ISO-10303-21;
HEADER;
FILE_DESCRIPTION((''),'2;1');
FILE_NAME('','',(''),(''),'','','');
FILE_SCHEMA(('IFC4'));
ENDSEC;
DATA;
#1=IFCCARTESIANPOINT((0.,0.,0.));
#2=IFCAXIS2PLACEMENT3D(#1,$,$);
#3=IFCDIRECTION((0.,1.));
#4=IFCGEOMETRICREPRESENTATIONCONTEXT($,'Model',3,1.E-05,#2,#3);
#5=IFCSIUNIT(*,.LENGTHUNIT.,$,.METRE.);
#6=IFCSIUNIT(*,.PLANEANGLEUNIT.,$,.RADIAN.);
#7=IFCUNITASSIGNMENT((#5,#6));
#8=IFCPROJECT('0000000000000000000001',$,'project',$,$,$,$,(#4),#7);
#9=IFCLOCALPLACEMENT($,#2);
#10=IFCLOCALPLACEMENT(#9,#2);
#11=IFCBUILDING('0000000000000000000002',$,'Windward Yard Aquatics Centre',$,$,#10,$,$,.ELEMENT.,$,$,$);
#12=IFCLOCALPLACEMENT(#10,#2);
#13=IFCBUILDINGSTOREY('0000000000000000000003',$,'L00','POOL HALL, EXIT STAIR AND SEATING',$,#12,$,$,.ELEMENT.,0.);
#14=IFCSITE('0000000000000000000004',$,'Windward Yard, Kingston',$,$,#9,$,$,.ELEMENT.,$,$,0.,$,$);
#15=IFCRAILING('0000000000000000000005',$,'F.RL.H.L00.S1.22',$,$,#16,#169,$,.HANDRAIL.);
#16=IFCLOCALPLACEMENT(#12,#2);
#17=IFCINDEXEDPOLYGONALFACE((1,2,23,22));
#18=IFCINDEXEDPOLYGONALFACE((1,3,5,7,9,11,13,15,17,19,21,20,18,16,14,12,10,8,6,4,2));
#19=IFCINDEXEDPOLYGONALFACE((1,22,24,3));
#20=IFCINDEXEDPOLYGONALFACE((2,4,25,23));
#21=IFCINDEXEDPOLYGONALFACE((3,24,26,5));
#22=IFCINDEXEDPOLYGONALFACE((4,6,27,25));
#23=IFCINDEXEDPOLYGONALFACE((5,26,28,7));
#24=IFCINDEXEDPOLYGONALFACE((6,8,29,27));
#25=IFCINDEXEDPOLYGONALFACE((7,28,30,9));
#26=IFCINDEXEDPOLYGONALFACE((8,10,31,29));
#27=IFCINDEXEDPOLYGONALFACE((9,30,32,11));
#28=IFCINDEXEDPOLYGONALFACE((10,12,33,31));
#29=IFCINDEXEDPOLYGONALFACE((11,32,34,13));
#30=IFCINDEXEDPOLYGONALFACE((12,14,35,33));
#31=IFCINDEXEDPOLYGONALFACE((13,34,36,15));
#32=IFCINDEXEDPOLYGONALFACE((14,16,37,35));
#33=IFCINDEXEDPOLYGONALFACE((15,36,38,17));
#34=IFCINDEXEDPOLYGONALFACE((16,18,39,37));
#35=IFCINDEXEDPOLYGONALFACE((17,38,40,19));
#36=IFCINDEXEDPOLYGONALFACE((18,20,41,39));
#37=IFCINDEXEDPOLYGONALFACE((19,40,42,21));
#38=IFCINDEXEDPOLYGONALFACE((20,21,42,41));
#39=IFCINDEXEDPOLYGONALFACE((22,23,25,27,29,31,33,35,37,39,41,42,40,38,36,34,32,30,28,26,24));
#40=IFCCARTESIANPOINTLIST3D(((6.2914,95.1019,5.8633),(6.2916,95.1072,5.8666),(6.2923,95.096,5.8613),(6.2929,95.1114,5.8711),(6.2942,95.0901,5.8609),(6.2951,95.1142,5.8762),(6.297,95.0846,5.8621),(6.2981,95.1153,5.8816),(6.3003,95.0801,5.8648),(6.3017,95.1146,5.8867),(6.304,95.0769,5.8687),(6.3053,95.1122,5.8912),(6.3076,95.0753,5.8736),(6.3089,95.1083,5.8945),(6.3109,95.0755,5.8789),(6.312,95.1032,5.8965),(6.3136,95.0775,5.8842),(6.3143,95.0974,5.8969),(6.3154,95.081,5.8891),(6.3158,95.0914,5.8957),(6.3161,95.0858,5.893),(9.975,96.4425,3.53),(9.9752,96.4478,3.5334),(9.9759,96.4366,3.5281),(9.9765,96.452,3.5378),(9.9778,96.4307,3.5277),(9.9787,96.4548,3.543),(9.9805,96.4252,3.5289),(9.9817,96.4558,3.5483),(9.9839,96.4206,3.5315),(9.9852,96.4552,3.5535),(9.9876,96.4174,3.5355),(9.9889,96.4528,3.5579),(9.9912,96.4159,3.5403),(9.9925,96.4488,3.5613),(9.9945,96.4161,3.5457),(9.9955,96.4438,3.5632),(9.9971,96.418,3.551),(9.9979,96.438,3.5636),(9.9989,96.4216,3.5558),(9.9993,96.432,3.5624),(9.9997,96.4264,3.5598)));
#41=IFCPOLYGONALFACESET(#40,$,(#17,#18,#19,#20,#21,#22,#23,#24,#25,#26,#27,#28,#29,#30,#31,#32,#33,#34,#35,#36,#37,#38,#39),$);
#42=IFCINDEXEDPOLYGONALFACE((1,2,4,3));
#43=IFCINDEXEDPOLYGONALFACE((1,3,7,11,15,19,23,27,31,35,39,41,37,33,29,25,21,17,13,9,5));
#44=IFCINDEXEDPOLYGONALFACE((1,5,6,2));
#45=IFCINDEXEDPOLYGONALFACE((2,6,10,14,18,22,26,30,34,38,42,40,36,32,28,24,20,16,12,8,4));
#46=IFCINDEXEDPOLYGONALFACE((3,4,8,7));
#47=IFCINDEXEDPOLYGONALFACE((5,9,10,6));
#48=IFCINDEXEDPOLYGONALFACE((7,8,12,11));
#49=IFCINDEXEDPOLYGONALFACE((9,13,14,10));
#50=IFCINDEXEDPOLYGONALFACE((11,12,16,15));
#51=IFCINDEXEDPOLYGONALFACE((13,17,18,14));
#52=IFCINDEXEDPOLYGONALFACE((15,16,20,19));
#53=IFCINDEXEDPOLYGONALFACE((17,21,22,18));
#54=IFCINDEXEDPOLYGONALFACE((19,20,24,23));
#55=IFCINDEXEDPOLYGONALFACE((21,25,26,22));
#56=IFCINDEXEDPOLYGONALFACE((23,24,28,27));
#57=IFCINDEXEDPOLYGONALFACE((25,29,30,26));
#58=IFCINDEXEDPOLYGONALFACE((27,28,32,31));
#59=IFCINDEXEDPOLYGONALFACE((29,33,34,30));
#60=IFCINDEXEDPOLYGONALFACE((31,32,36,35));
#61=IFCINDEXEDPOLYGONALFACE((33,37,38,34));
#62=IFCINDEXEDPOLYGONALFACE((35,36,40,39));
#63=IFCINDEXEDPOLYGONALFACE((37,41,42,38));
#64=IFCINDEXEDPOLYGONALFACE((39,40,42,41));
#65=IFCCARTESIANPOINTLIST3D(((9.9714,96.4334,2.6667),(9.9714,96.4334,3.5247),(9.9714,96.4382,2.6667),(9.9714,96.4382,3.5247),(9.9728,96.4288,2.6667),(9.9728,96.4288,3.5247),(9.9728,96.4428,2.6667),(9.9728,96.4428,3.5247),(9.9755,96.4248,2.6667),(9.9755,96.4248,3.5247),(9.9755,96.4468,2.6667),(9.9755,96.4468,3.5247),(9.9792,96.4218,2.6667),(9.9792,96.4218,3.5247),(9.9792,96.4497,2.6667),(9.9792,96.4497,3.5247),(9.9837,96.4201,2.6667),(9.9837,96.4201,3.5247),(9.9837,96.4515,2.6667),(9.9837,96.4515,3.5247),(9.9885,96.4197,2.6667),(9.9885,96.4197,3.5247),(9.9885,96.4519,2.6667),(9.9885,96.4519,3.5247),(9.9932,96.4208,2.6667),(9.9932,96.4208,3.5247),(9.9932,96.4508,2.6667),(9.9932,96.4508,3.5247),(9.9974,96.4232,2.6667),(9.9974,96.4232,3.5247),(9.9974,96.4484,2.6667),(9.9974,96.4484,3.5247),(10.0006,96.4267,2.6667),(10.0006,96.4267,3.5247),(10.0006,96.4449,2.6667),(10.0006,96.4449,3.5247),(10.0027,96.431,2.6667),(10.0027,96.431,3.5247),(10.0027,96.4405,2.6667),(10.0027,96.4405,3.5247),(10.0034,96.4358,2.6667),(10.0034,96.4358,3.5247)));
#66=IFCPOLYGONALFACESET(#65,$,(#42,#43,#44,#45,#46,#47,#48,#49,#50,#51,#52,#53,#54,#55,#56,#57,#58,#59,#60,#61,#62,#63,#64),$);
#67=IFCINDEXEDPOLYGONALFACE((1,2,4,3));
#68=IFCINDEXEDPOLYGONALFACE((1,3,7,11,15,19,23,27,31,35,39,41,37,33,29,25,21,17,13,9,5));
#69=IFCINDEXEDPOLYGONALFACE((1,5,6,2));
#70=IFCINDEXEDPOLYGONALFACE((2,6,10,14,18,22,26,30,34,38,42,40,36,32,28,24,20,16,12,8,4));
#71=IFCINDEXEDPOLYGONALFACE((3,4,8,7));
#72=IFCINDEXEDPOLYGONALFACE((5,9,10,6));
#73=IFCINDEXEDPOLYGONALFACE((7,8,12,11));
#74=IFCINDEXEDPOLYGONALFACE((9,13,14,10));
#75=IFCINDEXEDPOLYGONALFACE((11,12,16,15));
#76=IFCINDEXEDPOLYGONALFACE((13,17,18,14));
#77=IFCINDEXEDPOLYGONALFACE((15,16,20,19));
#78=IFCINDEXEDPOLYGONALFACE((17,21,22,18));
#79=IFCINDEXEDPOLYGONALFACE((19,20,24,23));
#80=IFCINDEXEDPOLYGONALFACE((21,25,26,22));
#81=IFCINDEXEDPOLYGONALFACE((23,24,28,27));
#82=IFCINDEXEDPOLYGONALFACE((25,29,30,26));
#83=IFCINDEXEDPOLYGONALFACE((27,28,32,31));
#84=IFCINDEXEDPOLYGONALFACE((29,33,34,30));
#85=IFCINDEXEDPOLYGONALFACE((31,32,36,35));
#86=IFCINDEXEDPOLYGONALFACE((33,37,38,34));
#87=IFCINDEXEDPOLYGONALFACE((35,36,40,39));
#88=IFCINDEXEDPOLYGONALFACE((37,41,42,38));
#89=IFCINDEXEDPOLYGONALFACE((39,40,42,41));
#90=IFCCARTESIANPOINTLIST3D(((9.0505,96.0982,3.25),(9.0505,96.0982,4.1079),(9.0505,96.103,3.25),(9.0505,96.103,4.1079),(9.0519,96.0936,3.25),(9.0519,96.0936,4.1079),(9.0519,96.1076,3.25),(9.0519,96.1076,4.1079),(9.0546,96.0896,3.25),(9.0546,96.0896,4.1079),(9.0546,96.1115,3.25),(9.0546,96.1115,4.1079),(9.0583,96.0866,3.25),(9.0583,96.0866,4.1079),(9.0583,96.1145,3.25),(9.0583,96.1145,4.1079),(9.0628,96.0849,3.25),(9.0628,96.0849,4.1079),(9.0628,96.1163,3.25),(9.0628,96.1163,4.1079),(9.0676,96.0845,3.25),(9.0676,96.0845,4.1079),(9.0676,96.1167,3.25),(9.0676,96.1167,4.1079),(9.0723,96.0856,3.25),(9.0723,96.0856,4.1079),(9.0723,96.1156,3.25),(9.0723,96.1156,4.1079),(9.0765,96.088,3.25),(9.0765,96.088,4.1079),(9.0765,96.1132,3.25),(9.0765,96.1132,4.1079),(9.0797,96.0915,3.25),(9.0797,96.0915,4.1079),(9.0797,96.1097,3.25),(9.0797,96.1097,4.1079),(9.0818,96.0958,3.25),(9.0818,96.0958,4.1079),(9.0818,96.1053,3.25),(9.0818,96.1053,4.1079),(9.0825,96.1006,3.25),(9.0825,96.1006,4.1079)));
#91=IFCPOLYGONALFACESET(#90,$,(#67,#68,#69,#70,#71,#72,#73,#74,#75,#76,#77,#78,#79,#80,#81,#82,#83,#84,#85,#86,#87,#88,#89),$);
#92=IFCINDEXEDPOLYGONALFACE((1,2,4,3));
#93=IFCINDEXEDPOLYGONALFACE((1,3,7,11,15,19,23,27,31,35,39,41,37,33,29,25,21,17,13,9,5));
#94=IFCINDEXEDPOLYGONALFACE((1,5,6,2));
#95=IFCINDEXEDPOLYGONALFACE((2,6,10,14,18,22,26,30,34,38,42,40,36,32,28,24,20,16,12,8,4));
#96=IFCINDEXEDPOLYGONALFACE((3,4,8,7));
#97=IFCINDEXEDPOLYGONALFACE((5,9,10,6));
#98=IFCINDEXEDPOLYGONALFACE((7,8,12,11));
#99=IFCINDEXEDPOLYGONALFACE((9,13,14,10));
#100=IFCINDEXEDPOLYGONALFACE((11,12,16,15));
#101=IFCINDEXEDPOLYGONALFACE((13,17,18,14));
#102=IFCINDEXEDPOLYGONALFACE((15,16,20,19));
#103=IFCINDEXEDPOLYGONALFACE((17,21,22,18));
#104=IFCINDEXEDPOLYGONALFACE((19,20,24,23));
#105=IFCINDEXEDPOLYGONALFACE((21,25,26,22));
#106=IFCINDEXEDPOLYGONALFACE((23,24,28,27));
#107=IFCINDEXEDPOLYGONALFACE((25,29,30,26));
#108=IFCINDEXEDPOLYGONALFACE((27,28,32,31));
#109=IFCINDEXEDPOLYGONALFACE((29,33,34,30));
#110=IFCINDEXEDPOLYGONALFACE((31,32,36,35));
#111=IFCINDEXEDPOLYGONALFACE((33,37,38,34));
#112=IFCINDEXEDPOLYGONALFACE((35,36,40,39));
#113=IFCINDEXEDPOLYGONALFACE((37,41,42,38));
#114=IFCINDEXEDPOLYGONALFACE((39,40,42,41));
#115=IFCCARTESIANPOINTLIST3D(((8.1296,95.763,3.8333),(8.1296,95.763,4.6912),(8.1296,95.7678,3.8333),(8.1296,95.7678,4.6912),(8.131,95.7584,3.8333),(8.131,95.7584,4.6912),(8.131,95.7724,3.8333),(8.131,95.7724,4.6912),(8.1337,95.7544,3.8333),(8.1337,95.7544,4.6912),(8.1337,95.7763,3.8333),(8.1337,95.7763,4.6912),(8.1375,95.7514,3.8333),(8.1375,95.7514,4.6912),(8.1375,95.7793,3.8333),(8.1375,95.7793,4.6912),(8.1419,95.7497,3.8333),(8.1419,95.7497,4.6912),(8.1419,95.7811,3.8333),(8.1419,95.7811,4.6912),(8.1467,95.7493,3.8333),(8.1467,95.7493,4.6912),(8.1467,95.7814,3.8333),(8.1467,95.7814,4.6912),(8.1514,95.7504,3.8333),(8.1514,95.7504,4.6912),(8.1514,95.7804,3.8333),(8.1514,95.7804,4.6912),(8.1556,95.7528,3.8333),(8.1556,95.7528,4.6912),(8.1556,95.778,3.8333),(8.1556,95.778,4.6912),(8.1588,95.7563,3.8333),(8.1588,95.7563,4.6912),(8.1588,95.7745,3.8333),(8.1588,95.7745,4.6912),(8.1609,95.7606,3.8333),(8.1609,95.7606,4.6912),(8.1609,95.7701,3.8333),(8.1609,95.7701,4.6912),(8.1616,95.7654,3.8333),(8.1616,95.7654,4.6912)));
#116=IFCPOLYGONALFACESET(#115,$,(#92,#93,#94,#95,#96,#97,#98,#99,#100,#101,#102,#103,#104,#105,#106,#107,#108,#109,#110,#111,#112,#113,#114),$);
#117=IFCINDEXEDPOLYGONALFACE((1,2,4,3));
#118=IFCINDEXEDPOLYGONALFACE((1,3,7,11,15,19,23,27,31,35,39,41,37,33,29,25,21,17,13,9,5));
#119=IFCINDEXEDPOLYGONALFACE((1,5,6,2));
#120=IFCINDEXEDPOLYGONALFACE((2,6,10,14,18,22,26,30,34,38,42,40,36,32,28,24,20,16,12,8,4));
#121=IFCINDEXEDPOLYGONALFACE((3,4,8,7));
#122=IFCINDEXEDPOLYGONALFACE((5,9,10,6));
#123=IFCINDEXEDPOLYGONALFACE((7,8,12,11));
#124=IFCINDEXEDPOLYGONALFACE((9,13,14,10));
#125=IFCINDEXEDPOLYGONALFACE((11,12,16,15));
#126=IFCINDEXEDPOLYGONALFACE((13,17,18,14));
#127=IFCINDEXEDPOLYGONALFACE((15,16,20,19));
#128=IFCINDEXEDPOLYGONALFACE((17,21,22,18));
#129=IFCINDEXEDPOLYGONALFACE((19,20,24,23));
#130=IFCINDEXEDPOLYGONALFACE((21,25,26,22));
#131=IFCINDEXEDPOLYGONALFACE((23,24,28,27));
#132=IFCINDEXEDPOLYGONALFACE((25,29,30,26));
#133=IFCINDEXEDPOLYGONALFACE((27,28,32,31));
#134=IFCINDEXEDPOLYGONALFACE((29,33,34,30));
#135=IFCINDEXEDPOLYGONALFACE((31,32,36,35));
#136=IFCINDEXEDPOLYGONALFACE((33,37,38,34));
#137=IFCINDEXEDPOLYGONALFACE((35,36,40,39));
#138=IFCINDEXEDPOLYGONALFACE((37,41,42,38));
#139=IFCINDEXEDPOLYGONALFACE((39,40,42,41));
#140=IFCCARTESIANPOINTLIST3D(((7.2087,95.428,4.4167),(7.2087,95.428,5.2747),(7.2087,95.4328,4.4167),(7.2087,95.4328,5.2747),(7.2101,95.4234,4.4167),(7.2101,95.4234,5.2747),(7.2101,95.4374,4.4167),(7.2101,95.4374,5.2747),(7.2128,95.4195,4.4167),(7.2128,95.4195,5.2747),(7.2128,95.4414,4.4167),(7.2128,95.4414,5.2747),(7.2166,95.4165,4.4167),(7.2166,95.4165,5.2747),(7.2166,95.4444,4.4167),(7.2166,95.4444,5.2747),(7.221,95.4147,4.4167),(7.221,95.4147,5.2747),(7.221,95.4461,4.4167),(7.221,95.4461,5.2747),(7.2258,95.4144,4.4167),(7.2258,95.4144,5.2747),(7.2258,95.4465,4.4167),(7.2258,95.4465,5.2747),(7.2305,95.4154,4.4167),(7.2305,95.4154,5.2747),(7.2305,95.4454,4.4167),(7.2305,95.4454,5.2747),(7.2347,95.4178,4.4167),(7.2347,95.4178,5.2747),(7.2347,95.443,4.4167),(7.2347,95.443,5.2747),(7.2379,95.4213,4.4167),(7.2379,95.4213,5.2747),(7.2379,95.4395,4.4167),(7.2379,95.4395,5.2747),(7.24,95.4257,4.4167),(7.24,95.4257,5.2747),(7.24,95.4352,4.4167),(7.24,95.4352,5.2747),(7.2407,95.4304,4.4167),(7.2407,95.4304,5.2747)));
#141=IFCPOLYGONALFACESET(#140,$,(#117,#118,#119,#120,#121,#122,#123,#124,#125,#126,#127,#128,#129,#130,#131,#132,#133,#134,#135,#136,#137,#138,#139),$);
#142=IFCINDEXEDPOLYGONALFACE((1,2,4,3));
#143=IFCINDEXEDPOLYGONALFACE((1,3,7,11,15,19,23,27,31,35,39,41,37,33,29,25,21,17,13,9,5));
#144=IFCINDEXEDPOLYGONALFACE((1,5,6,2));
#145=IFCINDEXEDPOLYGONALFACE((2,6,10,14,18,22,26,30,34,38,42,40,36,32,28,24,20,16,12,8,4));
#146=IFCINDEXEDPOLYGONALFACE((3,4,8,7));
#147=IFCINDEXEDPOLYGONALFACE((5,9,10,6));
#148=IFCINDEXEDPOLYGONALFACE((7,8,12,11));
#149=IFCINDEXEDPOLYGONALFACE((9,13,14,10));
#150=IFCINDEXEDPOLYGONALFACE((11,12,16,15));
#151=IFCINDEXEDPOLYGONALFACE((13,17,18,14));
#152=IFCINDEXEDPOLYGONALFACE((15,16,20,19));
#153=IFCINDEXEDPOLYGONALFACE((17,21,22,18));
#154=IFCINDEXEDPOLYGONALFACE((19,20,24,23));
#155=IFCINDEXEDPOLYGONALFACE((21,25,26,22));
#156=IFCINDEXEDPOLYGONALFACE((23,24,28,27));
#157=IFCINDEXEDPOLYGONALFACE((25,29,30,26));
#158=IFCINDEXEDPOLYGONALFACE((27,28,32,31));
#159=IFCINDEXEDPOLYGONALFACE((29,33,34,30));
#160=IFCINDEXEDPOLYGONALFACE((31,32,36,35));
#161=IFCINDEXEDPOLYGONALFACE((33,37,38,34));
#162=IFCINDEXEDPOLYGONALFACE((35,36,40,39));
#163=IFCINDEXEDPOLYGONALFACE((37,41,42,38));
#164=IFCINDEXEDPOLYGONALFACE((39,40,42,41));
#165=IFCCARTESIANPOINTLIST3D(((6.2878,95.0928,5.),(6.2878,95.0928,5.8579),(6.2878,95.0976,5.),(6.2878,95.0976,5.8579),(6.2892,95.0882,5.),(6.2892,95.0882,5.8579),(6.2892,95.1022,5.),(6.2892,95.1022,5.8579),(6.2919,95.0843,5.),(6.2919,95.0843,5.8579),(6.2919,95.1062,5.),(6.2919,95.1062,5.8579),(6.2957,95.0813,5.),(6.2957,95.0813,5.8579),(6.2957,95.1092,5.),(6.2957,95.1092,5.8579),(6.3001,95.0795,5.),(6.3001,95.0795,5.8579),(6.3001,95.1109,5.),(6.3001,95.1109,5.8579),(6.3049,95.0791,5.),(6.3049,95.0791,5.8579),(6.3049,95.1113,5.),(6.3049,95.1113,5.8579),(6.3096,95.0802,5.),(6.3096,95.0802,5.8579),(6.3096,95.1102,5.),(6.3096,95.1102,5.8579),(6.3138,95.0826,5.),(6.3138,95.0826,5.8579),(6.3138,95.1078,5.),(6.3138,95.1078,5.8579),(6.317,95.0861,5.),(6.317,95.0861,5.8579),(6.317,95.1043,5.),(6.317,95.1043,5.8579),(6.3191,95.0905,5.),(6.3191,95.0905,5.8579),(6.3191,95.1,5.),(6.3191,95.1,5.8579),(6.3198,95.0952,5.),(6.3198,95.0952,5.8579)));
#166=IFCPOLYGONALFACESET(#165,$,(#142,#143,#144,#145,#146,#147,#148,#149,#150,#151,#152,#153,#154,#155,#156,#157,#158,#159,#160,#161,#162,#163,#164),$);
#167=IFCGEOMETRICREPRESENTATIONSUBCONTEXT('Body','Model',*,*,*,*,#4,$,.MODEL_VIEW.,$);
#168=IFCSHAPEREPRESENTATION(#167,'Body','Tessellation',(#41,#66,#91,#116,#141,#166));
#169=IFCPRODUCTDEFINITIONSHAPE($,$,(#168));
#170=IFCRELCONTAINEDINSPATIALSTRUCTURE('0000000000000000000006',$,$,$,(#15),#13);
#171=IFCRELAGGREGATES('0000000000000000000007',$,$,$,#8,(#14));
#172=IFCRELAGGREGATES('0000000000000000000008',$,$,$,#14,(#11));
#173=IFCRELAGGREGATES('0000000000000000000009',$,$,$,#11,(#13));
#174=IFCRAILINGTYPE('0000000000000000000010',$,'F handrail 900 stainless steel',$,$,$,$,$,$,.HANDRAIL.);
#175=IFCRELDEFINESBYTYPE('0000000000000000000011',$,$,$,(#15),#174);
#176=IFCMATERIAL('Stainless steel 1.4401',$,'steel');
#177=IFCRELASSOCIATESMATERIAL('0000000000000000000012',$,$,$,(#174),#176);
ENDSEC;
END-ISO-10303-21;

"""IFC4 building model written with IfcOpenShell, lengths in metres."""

from ifc_helpers import new_model, si_unit, direction, frame, origin, origin_2d, place, context, subcontext, project, spatial, circle, extrude, material, type_object, element, save


model = new_model("IFC4")

# Units and contexts
model_context = context("Model", 3, precision=1e-05, world=origin(), true_north=direction((0.0, 1.0)))
body_context = subcontext(model_context, "Body", "Model", "MODEL_VIEW")
ifc_project = project(units=[si_unit("LENGTHUNIT", "METRE"), si_unit("PLANEANGLEUNIT", "RADIAN")], contexts=[model_context])

# Site, building, storey
site_placement = place(None, origin())
site = spatial("IfcSite", under=ifc_project, at=site_placement, Name="Windward Yard, Kingston", CompositionType="ELEMENT", RefElevation=0.0)
building_placement = place(site_placement, origin())
building = spatial("IfcBuilding", under=site, at=building_placement, Name="Windward Yard Aquatics Centre", CompositionType="ELEMENT")
storey_placement = place(building_placement, origin())
storey = spatial("IfcBuildingStorey", under=building, at=storey_placement, Name="L00", Description="POOL HALL, EXIT STAIR AND SEATING", CompositionType="ELEMENT", Elevation=0.0)

# Railing
ifc_material_1 = material(Name="Stainless steel 1.4401", Category="steel")
railing_type = type_object("IfcRailingType", Name="F handrail 900 stainless steel", PredefinedType="HANDRAIL", material=ifc_material_1)
railing_1_placement = place(storey_placement, frame((9.9873, 96.4358, 2.6667)))
element("IfcRailing", 1, at=railing_1_placement, inside=storey, type_object=railing_type, Name="F.RL.H.L00.S1.22", PredefinedType="HANDRAIL", context=body_context, shape_type="SweptSolid", body=[
    extrude(circle(Radius=0.021, at=origin_2d()), frame((0.0, 0.0, 0.8789), z_axis=(-0.807486, -0.29387, 0.511476), x_axis=(0.341988, -0.939704, 0.0)), (0.0, 0.0, 1.0), 4.5618),
    extrude(circle(Radius=0.0161, at=origin_2d()), origin(), (0.0, 0.0, 1.0), 0.8579),
    extrude(circle(Radius=0.0161, at=origin_2d()), frame((-0.9209, -0.3352, 0.5833)), (0.0, 0.0, 1.0), 0.8579),
    extrude(circle(Radius=0.0161, at=origin_2d()), frame((-1.8418, -0.6704, 1.1665)), (0.0, 0.0, 1.0), 0.8579),
    extrude(circle(Radius=0.0161, at=origin_2d()), frame((-2.7627, -1.0054, 1.75)), (0.0, 0.0, 1.0), 0.8579),
    extrude(circle(Radius=0.0161, at=origin_2d()), frame((-3.6836, -1.3406, 2.3333)), (0.0, 0.0, 1.0), 0.8579),
])

save(model, "model.ifc")
